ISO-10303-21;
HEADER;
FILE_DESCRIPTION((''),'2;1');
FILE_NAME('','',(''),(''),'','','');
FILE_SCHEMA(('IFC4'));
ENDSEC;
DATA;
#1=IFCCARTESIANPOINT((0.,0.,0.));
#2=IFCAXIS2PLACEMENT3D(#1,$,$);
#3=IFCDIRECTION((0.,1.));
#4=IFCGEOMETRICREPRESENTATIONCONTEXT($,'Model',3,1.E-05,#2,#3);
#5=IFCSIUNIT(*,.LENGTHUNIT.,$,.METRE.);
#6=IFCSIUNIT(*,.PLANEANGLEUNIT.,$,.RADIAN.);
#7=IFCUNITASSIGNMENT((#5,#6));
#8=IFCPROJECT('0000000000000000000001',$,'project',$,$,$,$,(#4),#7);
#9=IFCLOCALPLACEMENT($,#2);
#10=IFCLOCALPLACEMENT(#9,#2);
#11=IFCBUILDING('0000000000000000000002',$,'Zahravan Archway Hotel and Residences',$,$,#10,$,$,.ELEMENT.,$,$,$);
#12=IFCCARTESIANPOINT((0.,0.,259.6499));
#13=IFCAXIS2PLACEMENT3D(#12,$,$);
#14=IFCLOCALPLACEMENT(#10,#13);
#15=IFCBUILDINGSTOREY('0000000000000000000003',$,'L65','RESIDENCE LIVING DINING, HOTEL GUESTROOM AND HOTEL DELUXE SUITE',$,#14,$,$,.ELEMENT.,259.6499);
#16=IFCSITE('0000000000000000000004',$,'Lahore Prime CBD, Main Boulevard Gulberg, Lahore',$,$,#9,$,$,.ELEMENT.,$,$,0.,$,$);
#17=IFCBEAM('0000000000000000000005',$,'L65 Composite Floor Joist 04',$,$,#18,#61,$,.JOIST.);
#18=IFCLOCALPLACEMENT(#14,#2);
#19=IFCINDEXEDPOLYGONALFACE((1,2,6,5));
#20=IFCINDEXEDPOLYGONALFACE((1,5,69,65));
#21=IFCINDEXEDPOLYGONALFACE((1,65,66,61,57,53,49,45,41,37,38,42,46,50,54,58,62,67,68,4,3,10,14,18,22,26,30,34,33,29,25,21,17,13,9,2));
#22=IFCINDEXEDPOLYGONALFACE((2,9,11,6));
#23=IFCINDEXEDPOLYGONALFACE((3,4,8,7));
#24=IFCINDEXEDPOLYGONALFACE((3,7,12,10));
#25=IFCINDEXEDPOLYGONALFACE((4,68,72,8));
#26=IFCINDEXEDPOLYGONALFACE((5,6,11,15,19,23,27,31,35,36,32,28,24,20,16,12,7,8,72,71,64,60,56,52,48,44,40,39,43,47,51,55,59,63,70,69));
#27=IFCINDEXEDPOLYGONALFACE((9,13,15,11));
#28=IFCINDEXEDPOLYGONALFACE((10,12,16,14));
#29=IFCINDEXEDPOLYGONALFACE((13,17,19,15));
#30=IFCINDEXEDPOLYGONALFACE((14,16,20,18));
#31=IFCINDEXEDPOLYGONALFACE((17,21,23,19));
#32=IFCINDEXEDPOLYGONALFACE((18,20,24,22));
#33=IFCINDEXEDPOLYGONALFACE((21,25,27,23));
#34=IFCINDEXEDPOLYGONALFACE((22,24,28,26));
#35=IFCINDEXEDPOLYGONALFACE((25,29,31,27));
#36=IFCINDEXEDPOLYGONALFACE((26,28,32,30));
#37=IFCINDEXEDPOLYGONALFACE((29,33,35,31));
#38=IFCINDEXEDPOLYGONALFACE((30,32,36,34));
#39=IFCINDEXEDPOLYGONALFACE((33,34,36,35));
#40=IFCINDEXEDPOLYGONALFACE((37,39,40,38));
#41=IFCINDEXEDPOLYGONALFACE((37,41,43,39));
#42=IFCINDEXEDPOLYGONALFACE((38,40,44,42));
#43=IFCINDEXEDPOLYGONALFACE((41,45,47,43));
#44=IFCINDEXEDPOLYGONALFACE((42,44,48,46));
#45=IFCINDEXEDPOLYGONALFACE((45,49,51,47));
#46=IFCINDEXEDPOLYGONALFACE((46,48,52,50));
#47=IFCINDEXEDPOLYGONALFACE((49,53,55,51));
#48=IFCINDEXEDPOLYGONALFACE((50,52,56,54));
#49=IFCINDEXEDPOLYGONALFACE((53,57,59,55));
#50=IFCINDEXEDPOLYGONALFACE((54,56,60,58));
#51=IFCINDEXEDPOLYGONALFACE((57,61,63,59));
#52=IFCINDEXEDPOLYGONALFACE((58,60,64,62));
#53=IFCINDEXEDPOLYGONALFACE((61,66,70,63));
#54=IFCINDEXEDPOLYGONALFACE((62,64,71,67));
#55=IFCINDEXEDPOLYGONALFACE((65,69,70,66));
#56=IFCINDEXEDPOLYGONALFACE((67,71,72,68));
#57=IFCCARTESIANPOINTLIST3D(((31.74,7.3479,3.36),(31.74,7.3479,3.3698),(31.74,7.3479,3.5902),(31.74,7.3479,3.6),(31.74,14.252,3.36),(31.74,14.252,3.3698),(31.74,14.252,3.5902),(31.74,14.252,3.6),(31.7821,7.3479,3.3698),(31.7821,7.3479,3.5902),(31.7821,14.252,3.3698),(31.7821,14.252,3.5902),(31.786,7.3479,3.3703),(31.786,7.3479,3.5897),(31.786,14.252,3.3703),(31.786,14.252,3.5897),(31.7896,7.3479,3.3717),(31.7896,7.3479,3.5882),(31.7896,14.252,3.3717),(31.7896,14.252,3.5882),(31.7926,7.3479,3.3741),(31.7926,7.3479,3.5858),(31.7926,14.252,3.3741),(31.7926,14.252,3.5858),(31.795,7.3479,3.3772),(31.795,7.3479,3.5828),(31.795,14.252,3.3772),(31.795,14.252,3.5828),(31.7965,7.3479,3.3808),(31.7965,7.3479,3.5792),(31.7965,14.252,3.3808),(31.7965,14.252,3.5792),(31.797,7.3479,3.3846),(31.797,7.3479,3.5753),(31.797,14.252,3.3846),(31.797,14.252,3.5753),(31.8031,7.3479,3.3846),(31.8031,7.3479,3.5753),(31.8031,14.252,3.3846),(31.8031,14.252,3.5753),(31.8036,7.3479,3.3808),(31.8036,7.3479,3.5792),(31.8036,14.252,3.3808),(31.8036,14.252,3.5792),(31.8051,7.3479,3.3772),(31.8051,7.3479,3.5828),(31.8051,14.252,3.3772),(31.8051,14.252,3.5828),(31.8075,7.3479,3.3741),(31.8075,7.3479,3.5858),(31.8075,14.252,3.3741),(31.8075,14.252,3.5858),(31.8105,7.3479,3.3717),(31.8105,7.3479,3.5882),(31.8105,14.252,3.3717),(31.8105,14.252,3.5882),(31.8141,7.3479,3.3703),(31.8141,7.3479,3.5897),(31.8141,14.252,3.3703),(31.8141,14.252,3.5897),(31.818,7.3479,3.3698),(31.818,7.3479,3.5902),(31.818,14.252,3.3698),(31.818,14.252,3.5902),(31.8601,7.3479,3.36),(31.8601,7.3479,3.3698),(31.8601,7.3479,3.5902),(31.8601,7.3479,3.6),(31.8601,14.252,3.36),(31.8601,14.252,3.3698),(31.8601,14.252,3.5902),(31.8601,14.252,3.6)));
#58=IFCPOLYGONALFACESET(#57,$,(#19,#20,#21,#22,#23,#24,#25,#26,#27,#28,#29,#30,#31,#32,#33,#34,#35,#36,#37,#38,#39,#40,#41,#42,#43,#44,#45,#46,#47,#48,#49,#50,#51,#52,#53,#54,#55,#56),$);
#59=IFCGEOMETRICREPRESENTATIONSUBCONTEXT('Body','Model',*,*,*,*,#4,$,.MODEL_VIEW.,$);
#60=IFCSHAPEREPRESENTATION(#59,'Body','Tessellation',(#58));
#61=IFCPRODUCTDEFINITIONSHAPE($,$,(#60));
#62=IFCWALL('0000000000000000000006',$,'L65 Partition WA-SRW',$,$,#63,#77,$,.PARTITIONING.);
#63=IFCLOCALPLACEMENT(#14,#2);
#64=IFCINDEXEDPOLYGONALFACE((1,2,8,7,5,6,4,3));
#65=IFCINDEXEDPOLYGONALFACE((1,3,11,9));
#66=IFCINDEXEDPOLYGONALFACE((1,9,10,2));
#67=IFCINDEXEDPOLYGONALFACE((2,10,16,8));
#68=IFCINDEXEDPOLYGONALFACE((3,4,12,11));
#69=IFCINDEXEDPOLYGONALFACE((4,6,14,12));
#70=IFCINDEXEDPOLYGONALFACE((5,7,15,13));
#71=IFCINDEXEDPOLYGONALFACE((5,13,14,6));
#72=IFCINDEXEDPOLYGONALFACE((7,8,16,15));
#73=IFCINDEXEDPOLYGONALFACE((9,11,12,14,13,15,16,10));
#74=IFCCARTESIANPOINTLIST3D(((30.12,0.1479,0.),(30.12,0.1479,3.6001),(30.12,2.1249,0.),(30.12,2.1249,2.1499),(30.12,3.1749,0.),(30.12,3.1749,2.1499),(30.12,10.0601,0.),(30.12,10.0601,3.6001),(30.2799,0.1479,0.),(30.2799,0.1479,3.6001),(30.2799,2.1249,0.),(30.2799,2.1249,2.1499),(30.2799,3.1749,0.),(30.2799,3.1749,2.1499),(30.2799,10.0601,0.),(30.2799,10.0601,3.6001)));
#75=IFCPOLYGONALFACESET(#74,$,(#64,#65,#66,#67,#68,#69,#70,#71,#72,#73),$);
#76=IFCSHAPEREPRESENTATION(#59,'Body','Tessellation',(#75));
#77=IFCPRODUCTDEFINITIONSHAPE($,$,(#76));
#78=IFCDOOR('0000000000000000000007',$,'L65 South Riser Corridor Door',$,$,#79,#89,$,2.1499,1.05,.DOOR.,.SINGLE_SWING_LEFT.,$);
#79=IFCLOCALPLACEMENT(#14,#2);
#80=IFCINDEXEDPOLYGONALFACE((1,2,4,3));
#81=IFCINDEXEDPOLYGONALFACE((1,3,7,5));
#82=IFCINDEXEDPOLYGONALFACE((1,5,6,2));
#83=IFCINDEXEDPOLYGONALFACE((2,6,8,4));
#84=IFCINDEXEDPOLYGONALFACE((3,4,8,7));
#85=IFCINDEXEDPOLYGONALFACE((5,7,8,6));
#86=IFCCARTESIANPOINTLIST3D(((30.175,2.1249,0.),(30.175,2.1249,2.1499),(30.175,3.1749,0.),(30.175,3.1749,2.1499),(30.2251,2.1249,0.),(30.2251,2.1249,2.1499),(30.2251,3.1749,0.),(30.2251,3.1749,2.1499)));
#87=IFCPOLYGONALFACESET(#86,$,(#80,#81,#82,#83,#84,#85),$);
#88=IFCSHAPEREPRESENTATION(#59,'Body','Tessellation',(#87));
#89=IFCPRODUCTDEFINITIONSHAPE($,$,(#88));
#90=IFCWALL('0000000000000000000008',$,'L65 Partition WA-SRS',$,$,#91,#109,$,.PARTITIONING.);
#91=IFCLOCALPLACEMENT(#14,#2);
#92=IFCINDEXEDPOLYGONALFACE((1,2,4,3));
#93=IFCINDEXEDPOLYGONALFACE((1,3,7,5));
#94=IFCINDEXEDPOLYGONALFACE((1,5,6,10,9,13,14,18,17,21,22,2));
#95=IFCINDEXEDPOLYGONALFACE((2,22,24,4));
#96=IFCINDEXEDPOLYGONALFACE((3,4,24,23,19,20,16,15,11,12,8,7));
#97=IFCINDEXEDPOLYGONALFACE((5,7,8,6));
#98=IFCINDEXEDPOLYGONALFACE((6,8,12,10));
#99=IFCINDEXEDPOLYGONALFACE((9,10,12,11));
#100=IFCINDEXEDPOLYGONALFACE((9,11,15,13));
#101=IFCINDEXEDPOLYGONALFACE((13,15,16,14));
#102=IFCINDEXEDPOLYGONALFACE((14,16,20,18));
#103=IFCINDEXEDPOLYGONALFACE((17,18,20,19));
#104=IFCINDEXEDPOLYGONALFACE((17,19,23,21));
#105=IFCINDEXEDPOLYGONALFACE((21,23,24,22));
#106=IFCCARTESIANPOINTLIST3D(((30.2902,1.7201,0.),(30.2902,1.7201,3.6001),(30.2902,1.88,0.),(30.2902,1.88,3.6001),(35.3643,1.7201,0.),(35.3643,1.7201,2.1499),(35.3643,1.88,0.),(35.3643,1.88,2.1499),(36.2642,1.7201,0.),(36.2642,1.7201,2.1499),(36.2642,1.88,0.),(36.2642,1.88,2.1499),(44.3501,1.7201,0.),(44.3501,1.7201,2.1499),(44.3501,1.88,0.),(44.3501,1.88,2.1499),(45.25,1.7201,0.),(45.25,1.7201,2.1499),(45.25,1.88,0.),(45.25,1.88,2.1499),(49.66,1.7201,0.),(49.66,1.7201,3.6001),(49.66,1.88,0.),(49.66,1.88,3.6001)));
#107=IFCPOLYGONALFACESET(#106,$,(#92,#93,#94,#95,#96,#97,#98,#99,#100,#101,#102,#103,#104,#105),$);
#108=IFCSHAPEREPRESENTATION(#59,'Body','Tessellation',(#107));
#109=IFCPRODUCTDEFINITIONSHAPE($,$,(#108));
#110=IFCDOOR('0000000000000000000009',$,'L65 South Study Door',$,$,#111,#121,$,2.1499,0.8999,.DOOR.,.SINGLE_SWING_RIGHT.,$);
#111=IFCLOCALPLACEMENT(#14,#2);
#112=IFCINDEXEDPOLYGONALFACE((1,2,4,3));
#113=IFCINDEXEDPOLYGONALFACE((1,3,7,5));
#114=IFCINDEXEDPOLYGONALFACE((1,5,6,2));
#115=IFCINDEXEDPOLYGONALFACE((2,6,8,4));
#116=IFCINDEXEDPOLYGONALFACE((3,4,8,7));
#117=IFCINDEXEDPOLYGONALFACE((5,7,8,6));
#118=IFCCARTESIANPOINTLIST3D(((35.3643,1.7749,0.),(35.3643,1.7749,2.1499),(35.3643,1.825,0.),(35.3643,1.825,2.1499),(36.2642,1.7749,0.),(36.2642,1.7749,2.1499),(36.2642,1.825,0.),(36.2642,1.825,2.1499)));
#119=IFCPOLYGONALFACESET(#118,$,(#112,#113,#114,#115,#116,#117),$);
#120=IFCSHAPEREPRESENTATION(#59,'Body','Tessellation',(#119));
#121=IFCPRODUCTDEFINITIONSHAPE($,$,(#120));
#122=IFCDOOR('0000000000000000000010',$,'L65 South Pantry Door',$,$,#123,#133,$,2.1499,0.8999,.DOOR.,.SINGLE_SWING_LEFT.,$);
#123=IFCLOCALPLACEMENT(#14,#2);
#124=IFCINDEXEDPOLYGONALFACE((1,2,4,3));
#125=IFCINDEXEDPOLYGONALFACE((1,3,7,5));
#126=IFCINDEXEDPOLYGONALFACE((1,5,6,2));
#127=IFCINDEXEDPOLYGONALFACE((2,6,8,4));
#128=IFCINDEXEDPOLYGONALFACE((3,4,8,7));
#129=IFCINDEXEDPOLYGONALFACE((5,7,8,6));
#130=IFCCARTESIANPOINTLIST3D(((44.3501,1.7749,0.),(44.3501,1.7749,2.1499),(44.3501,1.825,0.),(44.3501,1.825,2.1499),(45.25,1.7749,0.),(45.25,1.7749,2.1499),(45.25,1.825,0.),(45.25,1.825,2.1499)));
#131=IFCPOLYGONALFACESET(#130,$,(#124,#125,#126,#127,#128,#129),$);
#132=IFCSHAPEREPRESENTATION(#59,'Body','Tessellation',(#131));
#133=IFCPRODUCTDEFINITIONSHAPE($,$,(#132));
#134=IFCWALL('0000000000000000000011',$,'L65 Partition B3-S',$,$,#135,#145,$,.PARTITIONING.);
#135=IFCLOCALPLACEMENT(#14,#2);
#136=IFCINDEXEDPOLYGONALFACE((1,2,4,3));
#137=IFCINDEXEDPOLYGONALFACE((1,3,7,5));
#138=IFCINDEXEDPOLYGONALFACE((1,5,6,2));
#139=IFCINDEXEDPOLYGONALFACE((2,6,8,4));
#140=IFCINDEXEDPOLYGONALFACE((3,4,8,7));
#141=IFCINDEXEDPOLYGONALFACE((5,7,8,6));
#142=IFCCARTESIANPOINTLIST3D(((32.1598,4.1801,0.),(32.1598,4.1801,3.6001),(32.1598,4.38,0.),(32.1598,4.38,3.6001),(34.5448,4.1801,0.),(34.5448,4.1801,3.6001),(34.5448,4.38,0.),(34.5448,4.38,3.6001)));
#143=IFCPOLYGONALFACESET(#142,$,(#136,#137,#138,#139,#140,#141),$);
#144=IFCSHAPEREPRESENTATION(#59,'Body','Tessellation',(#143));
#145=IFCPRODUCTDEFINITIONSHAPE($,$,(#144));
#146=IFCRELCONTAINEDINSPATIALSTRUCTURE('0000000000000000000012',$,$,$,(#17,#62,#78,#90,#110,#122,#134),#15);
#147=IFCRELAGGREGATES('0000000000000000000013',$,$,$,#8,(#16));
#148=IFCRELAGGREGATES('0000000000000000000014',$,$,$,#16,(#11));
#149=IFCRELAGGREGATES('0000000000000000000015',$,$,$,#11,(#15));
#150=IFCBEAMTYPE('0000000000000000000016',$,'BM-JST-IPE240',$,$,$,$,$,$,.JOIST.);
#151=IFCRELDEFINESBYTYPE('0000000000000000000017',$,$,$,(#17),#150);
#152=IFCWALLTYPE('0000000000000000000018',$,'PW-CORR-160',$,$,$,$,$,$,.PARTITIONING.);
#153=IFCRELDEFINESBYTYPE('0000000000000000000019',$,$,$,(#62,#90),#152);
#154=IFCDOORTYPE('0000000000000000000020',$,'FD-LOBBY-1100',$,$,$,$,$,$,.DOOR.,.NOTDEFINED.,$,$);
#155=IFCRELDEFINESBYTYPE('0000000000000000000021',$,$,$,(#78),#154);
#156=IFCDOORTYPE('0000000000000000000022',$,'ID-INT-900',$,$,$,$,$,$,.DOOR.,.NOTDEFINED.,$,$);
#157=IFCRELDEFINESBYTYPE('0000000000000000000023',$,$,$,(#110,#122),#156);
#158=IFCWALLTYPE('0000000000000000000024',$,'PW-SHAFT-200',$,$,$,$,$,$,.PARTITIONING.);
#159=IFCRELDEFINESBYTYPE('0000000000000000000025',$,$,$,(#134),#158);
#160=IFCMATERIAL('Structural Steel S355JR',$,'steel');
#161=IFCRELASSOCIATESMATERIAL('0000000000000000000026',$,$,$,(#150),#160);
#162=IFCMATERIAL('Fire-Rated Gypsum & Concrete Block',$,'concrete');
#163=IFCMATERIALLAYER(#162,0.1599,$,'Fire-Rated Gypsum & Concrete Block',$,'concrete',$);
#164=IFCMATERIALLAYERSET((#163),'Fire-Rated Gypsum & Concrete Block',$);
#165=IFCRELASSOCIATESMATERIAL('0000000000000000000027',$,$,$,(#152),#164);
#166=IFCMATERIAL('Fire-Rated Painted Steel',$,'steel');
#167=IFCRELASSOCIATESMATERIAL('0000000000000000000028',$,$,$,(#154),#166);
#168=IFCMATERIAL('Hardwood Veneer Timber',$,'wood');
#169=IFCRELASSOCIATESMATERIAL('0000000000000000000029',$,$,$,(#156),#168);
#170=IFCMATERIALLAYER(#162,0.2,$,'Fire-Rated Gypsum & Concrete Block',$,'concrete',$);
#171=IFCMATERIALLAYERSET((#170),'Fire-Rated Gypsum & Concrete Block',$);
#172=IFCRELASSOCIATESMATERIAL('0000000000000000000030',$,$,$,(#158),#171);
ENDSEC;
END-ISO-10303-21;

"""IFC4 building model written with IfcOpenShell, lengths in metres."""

from ifc_helpers import new_model, si_unit, direction, frame, frame_2d, origin, origin_2d, place, context, subcontext, project, spatial, rectangle, i_section, extrude, source, transform, mapped, material, layer, layer_set, material_profile, profile_set, type_object, type_shapes, element, fill, save


model = new_model("IFC4")

# Units and contexts
model_context = context("Model", 3, precision=1e-05, world=origin(), true_north=direction((0.0, 1.0)))
body_context = subcontext(model_context, "Body", "Model", "MODEL_VIEW")
ifc_project = project(units=[si_unit("LENGTHUNIT", "METRE"), si_unit("PLANEANGLEUNIT", "RADIAN")], contexts=[model_context])

# Site, building, storey
site_placement = place(None, origin())
site = spatial("IfcSite", under=ifc_project, at=site_placement, Name="Lahore Prime CBD, Main Boulevard Gulberg, Lahore", CompositionType="ELEMENT", RefElevation=0.0)
building_placement = place(site_placement, origin())
building = spatial("IfcBuilding", under=site, at=building_placement, Name="Zahravan Archway Hotel and Residences", CompositionType="ELEMENT")
storey_placement = place(building_placement, frame((0.0, 0.0, 259.6499)))
storey = spatial("IfcBuildingStorey", under=building, at=storey_placement, Name="L65", Description="RESIDENCE LIVING DINING, HOTEL GUESTROOM AND HOTEL DELUXE SUITE", CompositionType="ELEMENT", Elevation=259.6499)

# Beam
ifc_material_1 = material(Name="Structural Steel S355JR", Category="steel")
ifc_material_profile_1 = material_profile(ifc_material_1, i_section(OverallWidth=0.1201, OverallDepth=0.24, WebThickness=0.0061, FlangeThickness=0.0098, FilletRadius=0.0149, at=origin_2d()), Name="IPE 240", Category="steel")
ifc_profile_set_1 = profile_set([ifc_material_profile_1], Name="Structural Steel S355JR")
beam_type_1 = type_object("IfcBeamType", Name="BM-JST-IPE240", PredefinedType="JOIST", material=ifc_profile_set_1)
shared_shape_1 = source(origin(), body_context, "Body", "SweptSolid", [
    extrude(i_section(OverallWidth=0.1201, OverallDepth=0.24, WebThickness=0.0061, FlangeThickness=0.0098, FilletRadius=0.0149, at=origin_2d()), origin(), (0.0, 0.0, 1.0), 6.9041),
])
type_shapes(beam_type_1, [shared_shape_1])
for number, where, z_axis, x_axis, name in (
    (1, (31.8, 7.3479, 3.48), (0.0, 1.0, 0.0), (-1.0, 0.0, 0.0), "L65 Composite Floor Joist 04"),
):
    element("IfcBeam", number, at=place(storey_placement, frame(where, z_axis=z_axis, x_axis=x_axis)), inside=storey, type_object=beam_type_1, Name=name, PredefinedType="JOIST", context=body_context, shape_type="MappedRepresentation", body=[
        mapped(shared_shape_1, transform((0.0, 0.0, 0.0), scale=1.0)),
    ])

# Wall, opening, door
ifc_material_2 = material(Name="Fire-Rated Gypsum & Concrete Block", Category="concrete")
ifc_layer_1 = layer(ifc_material_2, 0.1599, Name="Fire-Rated Gypsum & Concrete Block", Category="concrete")
ifc_layer_set_1 = layer_set([ifc_layer_1], Name="Fire-Rated Gypsum & Concrete Block")
wall_type_1 = type_object("IfcWallType", Name="PW-CORR-160", PredefinedType="PARTITIONING", material=ifc_layer_set_1)
wall_1_placement = place(storey_placement, frame((30.2, 0.1479, 0.0), z_axis=(0.0, 0.0, 1.0), x_axis=(0.0, 1.0, 0.0)))
wall_1 = element("IfcWall", 2, at=wall_1_placement, inside=storey, type_object=wall_type_1, Name="L65 Partition WA-SRW", PredefinedType="PARTITIONING", context=body_context, shape_type="SweptSolid", body=[
    extrude(rectangle(XDim=9.9121, YDim=0.1599, at=frame_2d((4.9561, 0.0))), origin(), (0.0, 0.0, 1.0), 3.6001),
])
opening_1_placement = place(wall_1_placement, frame((1.9771, 0.0, 0.0)))
opening_1 = element("IfcOpeningElement", 3, at=opening_1_placement, cuts=wall_1, PredefinedType="OPENING", context=body_context, shape_type="SweptSolid", body=[
    extrude(rectangle(XDim=1.05, YDim=2.1499, at=frame_2d((0.5249, 1.075))), frame((0.0, 0.0898, 0.0), z_axis=(0.0, -1.0, 0.0), x_axis=(1.0, 0.0, 0.0)), (0.0, 0.0, 1.0), 0.1799),
])
ifc_material_3 = material(Name="Fire-Rated Painted Steel", Category="steel")
door_type_1 = type_object("IfcDoorType", Name="FD-LOBBY-1100", OperationType="NOTDEFINED", PredefinedType="DOOR", material=ifc_material_3)
shared_shape_2 = source(origin(), body_context, "Body", "SweptSolid", [
    extrude(rectangle(XDim=1.05, YDim=2.1499, at=frame_2d((0.5249, 1.075))), frame((0.0, 0.0249, 0.0), z_axis=(0.0, -1.0, 0.0), x_axis=(1.0, 0.0, 0.0)), (0.0, 0.0, 1.0), 0.05),
])
type_shapes(door_type_1, [shared_shape_2])
door_1_placement = place(opening_1_placement, origin())
door_1 = element("IfcDoor", 4, at=door_1_placement, inside=storey, type_object=door_type_1, Name="L65 South Riser Corridor Door", OperationType="SINGLE_SWING_LEFT", OverallHeight=2.1499, OverallWidth=1.05, PredefinedType="DOOR", context=body_context, shape_type="MappedRepresentation", body=[
    mapped(shared_shape_2, transform((0.0, 0.0, 0.0), scale=1.0)),
])
fill(opening_1, door_1)

# Wall, openings, doors
wall_2_placement = place(storey_placement, frame((30.29, 1.8, 0.0), z_axis=(0.0, 0.0, 1.0), x_axis=(1.0, 0.0, 0.0)))
wall_2 = element("IfcWall", 5, at=wall_2_placement, inside=storey, type_object=wall_type_1, Name="L65 Partition WA-SRS", PredefinedType="PARTITIONING", context=body_context, shape_type="SweptSolid", body=[
    extrude(rectangle(XDim=19.3699, YDim=0.1599, at=frame_2d((9.6851, 0.0))), origin(), (0.0, 0.0, 1.0), 3.6001),
])
opening_2_placement = place(wall_2_placement, frame((5.0742, 0.0, 0.0)))
opening_2 = element("IfcOpeningElement", 6, at=opening_2_placement, cuts=wall_2, PredefinedType="OPENING", context=body_context, shape_type="SweptSolid", body=[
    extrude(rectangle(XDim=0.8999, YDim=2.1499, at=frame_2d((0.45, 1.075))), frame((0.0, 0.0898, 0.0), z_axis=(0.0, -1.0, 0.0), x_axis=(1.0, 0.0, 0.0)), (0.0, 0.0, 1.0), 0.1799),
])
opening_3_placement = place(wall_2_placement, frame((14.0601, 0.0, 0.0)))
opening_3 = element("IfcOpeningElement", 7, at=opening_3_placement, cuts=wall_2, PredefinedType="OPENING", context=body_context, shape_type="SweptSolid", body=[
    extrude(rectangle(XDim=0.8999, YDim=2.1499, at=frame_2d((0.45, 1.075))), frame((0.0, 0.0898, 0.0), z_axis=(0.0, -1.0, 0.0), x_axis=(1.0, 0.0, 0.0)), (0.0, 0.0, 1.0), 0.1799),
])
ifc_material_4 = material(Name="Hardwood Veneer Timber", Category="wood")
door_type_2 = type_object("IfcDoorType", Name="ID-INT-900", OperationType="NOTDEFINED", PredefinedType="DOOR", material=ifc_material_4)
shared_shape_3 = source(origin(), body_context, "Body", "SweptSolid", [
    extrude(rectangle(XDim=0.8999, YDim=2.1499, at=frame_2d((0.45, 1.075))), frame((0.0, 0.0249, 0.0), z_axis=(0.0, -1.0, 0.0), x_axis=(1.0, 0.0, 0.0)), (0.0, 0.0, 1.0), 0.05),
])
type_shapes(door_type_2, [shared_shape_3])
door_2_placement = place(opening_2_placement, origin())
door_2 = element("IfcDoor", 8, at=door_2_placement, inside=storey, type_object=door_type_2, Name="L65 South Study Door", OperationType="SINGLE_SWING_RIGHT", OverallHeight=2.1499, OverallWidth=0.8999, PredefinedType="DOOR", context=body_context, shape_type="MappedRepresentation", body=[
    mapped(shared_shape_3, transform((0.0, 0.0, 0.0), scale=1.0)),
])
fill(opening_2, door_2)
door_3_placement = place(opening_3_placement, origin())
door_3 = element("IfcDoor", 9, at=door_3_placement, inside=storey, type_object=door_type_2, Name="L65 South Pantry Door", OperationType="SINGLE_SWING_LEFT", OverallHeight=2.1499, OverallWidth=0.8999, PredefinedType="DOOR", context=body_context, shape_type="MappedRepresentation", body=[
    mapped(shared_shape_3, transform((0.0, 0.0, 0.0), scale=1.0)),
])
fill(opening_3, door_3)

# Wall
ifc_layer_2 = layer(ifc_material_2, 0.2, Name="Fire-Rated Gypsum & Concrete Block", Category="concrete")
ifc_layer_set_2 = layer_set([ifc_layer_2], Name="Fire-Rated Gypsum & Concrete Block")
wall_type_2 = type_object("IfcWallType", Name="PW-SHAFT-200", PredefinedType="PARTITIONING", material=ifc_layer_set_2)
wall_3_placement = place(storey_placement, frame((32.1599, 4.28, 0.0), z_axis=(0.0, 0.0, 1.0), x_axis=(1.0, 0.0, 0.0)))
element("IfcWall", 10, at=wall_3_placement, inside=storey, type_object=wall_type_2, Name="L65 Partition B3-S", PredefinedType="PARTITIONING", context=body_context, shape_type="SweptSolid", body=[
    extrude(rectangle(XDim=2.385, YDim=0.2, at=frame_2d((1.1924, 0.0))), origin(), (0.0, 0.0, 1.0), 3.6001),
])

save(model, "model.ifc")
